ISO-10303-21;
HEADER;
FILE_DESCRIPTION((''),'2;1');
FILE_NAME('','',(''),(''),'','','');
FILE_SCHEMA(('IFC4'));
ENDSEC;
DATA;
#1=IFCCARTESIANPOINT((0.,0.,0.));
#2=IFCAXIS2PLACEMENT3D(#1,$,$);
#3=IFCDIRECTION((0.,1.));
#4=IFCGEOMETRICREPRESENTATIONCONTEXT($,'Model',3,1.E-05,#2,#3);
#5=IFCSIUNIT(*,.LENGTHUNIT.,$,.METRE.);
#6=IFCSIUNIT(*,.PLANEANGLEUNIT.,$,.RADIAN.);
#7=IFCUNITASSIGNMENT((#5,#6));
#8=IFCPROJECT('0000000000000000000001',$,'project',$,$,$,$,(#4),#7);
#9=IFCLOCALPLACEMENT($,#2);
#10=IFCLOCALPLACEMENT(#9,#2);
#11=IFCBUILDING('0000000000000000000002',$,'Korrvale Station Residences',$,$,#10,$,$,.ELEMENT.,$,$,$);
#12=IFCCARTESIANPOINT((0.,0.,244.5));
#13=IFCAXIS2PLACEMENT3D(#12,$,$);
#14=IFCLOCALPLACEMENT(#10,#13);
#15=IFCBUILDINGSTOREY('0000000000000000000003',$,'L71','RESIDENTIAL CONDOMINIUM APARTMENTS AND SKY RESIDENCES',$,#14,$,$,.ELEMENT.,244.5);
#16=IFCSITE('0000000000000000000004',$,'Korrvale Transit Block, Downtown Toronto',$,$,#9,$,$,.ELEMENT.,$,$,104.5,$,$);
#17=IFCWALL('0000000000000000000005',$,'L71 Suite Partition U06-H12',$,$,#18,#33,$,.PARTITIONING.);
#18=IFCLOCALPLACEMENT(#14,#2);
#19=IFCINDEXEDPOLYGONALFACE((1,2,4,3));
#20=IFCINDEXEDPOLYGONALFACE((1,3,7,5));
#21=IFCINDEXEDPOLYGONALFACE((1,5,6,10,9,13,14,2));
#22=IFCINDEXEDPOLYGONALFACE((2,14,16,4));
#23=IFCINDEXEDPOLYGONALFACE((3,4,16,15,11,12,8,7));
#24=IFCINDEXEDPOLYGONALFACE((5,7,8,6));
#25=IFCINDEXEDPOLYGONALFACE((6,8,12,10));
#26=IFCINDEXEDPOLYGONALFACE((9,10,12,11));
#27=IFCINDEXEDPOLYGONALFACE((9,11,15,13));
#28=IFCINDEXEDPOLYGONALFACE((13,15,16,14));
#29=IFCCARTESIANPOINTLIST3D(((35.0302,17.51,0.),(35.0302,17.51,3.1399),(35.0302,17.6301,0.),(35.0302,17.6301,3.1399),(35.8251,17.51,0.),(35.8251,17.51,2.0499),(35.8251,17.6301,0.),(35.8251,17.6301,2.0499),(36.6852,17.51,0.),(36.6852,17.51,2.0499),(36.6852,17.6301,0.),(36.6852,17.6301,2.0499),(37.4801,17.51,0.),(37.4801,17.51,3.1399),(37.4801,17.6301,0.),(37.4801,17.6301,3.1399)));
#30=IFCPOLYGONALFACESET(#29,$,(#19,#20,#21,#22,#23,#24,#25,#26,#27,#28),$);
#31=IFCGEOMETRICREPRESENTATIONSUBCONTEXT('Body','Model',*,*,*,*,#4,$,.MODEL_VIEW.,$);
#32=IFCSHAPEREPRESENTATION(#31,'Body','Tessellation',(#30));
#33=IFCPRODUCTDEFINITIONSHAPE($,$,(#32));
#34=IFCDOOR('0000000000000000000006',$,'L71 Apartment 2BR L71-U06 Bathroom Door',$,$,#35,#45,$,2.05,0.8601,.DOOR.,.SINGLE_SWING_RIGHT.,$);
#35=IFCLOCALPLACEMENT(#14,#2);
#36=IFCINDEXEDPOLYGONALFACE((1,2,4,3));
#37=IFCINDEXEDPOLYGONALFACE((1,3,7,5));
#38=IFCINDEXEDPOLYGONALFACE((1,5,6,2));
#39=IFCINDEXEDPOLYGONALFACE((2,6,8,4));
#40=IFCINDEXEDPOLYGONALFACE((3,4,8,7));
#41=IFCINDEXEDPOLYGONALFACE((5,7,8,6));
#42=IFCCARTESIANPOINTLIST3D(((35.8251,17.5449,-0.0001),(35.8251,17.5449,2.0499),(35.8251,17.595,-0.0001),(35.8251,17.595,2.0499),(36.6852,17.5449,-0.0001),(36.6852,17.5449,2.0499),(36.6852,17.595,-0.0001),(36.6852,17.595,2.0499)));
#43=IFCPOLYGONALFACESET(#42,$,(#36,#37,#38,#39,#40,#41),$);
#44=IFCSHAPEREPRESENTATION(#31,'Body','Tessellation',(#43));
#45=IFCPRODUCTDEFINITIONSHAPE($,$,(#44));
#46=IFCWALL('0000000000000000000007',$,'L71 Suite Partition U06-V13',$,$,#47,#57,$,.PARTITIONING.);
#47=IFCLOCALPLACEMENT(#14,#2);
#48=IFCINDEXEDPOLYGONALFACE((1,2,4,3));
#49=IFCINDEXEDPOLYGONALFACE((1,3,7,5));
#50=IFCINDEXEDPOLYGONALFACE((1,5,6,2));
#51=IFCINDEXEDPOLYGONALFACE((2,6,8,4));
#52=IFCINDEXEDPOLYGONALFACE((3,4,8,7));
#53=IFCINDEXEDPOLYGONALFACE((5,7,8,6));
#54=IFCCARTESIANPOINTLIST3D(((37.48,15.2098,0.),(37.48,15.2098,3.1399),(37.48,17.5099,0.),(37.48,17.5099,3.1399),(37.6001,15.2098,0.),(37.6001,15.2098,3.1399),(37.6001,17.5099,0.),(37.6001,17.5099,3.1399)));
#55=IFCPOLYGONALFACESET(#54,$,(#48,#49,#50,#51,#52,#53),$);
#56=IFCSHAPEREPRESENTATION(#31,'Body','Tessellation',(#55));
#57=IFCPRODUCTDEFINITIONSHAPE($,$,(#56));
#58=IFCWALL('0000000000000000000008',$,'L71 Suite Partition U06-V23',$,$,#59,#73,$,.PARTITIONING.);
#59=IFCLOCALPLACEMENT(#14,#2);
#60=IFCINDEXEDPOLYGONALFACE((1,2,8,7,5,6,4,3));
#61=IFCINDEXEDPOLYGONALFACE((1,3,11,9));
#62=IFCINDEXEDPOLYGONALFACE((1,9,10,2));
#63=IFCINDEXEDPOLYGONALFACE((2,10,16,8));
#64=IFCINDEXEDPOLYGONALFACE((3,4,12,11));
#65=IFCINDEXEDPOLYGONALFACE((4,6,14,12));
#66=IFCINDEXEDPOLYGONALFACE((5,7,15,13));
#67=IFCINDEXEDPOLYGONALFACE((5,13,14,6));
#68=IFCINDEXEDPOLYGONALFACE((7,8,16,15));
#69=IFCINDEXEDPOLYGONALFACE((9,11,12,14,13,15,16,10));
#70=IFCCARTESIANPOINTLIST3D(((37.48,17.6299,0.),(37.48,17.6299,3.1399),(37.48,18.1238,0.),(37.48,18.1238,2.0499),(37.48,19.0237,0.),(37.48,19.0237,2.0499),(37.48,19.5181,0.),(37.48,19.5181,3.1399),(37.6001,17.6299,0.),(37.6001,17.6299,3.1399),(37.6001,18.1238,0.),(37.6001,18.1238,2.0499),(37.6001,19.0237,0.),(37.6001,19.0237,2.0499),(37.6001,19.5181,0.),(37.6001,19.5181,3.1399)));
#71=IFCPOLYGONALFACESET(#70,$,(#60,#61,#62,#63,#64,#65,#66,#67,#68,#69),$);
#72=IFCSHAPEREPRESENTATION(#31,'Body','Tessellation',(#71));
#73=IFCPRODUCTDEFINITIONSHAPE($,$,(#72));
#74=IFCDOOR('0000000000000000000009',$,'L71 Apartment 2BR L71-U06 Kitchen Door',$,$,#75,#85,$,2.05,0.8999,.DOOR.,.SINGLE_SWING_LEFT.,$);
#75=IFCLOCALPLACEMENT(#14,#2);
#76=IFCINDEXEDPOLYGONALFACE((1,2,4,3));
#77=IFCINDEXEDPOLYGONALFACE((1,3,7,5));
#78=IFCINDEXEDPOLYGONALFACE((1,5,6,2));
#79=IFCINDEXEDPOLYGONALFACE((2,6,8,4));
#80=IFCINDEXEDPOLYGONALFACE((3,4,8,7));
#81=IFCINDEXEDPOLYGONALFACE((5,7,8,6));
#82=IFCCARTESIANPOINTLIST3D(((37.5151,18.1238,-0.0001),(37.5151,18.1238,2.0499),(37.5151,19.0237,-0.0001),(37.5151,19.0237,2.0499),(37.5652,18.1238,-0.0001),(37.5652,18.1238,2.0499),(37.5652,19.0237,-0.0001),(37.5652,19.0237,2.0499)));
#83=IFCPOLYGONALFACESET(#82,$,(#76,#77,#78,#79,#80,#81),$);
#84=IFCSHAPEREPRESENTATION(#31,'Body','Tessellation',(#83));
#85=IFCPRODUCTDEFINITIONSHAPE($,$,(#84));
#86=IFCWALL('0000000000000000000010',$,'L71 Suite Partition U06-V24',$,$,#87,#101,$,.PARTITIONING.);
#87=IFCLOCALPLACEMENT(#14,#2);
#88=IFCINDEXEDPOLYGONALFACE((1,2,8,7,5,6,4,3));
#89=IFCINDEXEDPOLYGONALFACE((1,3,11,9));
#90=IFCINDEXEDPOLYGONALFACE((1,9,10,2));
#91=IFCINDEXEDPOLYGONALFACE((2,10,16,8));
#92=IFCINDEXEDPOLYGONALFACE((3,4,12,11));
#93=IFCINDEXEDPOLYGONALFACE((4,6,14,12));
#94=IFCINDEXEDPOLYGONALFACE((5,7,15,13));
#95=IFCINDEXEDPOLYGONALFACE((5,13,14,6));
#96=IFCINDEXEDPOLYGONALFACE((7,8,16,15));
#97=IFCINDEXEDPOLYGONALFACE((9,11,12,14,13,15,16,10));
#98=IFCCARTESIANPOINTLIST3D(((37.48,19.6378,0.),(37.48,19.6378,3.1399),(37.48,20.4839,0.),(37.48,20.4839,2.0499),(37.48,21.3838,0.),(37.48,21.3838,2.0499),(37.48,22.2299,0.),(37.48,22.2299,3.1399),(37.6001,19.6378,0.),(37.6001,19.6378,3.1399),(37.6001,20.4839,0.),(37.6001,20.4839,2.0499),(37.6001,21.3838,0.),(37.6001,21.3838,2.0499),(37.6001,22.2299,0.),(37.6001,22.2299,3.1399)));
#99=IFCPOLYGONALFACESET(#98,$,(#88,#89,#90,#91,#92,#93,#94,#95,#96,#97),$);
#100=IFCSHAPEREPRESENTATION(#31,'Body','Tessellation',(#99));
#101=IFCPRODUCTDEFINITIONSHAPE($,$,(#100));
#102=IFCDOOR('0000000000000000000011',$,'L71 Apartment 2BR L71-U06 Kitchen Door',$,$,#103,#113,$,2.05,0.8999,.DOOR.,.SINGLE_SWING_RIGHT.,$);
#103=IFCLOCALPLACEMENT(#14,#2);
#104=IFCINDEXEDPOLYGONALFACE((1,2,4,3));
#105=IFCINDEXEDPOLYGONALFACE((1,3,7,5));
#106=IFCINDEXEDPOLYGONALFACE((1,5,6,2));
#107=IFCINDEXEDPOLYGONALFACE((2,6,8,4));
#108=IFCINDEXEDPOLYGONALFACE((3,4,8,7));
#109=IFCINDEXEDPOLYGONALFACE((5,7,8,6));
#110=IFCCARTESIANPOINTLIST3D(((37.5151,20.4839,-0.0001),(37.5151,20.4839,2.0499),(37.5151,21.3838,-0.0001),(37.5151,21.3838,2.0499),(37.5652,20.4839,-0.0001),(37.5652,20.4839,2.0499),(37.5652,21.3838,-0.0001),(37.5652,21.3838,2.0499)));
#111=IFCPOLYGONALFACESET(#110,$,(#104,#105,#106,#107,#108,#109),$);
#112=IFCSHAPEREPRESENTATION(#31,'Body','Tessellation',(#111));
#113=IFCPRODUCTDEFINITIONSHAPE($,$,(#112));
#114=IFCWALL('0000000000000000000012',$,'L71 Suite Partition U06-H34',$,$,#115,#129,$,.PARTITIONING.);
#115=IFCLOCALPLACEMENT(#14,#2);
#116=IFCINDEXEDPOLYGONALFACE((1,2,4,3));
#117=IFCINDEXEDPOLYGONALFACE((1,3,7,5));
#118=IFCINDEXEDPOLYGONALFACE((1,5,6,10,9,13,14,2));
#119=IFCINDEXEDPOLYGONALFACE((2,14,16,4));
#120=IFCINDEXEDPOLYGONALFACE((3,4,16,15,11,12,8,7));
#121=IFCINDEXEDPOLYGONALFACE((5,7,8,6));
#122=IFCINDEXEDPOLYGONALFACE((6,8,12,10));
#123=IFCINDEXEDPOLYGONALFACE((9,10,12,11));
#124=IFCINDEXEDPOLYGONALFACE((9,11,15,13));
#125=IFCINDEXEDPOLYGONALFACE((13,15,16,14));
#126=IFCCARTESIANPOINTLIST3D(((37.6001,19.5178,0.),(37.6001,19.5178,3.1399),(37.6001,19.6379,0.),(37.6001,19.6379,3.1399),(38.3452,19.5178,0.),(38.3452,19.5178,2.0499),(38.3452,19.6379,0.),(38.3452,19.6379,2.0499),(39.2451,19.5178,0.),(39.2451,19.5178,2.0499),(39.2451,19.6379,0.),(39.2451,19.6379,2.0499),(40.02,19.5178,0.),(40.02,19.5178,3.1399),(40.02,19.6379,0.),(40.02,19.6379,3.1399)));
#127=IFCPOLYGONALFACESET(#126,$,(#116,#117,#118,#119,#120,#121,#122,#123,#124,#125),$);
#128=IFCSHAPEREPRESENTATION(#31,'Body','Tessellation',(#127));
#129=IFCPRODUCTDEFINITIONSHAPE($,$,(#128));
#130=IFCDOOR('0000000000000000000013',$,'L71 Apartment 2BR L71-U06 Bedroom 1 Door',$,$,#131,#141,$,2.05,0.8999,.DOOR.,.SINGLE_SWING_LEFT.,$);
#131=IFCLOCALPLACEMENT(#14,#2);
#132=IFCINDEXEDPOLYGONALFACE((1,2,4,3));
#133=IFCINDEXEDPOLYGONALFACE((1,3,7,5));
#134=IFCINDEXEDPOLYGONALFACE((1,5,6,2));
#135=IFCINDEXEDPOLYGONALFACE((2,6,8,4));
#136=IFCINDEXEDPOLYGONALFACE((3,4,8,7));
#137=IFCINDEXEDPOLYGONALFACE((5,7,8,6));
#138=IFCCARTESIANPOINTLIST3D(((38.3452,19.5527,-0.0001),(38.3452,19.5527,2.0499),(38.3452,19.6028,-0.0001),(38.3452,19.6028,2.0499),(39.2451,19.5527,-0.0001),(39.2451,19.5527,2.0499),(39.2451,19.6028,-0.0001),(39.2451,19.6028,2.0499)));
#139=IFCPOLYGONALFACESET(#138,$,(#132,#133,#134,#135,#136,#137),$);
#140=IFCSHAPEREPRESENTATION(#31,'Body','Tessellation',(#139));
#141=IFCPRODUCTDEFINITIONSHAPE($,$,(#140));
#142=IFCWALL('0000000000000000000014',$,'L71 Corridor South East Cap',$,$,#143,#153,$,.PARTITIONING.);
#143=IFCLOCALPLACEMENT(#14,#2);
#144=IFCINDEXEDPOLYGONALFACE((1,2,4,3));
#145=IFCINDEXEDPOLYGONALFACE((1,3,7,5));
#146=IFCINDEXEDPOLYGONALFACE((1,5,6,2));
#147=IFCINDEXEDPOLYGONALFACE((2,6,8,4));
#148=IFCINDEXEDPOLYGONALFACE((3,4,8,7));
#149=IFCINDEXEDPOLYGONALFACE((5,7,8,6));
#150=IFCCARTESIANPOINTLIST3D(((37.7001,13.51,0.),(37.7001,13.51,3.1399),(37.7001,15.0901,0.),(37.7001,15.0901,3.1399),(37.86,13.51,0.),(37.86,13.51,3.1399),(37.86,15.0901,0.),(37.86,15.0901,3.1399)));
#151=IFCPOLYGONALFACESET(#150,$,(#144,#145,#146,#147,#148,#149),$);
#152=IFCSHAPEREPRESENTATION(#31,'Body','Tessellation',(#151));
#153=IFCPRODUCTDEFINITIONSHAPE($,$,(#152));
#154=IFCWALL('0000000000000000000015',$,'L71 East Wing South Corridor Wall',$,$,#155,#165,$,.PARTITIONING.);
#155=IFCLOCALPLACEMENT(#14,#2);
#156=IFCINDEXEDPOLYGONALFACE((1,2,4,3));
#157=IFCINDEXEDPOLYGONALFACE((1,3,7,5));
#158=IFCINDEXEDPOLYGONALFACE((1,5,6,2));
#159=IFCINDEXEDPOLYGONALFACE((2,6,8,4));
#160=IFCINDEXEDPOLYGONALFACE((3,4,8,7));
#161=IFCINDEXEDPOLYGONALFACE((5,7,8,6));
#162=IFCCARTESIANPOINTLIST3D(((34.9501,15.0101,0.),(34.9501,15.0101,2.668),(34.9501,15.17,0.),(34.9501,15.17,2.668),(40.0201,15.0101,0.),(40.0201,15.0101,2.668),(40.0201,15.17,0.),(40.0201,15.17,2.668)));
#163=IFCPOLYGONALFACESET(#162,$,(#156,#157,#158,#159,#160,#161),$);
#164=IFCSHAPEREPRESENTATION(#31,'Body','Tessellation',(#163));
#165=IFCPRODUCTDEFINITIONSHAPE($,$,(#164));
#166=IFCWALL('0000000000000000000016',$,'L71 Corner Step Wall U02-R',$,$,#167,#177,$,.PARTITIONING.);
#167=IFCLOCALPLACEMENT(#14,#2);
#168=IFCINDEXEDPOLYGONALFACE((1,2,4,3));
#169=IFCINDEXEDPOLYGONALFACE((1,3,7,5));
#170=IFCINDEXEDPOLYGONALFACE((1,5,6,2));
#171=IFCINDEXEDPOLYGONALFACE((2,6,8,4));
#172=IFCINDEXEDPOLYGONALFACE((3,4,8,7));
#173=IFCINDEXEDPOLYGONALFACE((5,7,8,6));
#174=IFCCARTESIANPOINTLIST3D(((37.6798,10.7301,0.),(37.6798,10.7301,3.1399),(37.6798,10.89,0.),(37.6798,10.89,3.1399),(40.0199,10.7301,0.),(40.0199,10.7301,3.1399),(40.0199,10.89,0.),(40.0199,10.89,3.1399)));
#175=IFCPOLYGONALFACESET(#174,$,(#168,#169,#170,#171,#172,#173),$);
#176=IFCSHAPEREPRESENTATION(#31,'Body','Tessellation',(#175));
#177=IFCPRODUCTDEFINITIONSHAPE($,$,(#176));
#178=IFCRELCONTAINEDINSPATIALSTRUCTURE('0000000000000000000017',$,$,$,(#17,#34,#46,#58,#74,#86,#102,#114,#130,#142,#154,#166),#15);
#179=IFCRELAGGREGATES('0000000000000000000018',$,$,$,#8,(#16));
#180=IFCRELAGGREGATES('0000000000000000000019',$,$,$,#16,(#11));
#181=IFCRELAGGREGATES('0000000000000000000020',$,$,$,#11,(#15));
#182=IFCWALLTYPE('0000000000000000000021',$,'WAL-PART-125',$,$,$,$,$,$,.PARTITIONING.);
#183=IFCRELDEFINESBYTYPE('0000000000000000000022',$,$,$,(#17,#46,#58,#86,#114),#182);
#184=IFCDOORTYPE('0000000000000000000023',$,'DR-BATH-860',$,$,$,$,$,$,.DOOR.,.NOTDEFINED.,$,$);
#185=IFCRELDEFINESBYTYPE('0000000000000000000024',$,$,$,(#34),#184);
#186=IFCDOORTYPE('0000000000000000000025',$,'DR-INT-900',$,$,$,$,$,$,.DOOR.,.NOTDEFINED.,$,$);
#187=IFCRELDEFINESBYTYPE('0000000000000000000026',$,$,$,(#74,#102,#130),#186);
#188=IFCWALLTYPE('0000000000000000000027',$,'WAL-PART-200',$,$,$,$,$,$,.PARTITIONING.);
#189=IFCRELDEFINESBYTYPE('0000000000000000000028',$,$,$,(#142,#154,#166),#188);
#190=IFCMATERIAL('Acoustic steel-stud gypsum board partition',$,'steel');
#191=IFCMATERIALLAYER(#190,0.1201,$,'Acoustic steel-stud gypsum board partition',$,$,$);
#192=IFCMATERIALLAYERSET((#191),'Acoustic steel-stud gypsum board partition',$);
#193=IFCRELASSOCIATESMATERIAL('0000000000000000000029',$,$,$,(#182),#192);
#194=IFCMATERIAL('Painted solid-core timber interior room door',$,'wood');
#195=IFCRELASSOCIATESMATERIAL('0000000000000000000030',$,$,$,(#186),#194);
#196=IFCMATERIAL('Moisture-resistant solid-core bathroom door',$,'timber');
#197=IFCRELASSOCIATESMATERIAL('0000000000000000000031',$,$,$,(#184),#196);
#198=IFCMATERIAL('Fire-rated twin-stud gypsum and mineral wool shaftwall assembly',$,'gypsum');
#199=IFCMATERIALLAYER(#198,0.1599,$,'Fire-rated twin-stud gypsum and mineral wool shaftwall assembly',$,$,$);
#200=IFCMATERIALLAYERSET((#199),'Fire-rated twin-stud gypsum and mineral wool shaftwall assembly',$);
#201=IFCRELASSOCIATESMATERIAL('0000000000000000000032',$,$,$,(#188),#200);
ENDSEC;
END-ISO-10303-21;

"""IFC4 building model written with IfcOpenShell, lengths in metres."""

from ifc_helpers import new_model, si_unit, direction, frame, frame_2d, origin, place, context, subcontext, project, spatial, rectangle, extrude, material, layer, layer_set, type_object, element, fill, save


model = new_model("IFC4")

# Units and contexts
model_context = context("Model", 3, precision=1e-05, world=origin(), true_north=direction((0.0, 1.0)))
body_context = subcontext(model_context, "Body", "Model", "MODEL_VIEW")
ifc_project = project(units=[si_unit("LENGTHUNIT", "METRE"), si_unit("PLANEANGLEUNIT", "RADIAN")], contexts=[model_context])

# Site, building, storey
site_placement = place(None, origin())
site = spatial("IfcSite", under=ifc_project, at=site_placement, Name="Korrvale Transit Block, Downtown Toronto", CompositionType="ELEMENT", RefElevation=104.5)
building_placement = place(site_placement, origin())
building = spatial("IfcBuilding", under=site, at=building_placement, Name="Korrvale Station Residences", CompositionType="ELEMENT")
storey_placement = place(building_placement, frame((0.0, 0.0, 244.5)))
storey = spatial("IfcBuildingStorey", under=building, at=storey_placement, Name="L71", Description="RESIDENTIAL CONDOMINIUM APARTMENTS AND SKY RESIDENCES", CompositionType="ELEMENT", Elevation=244.5)

# Wall, opening, door
ifc_material_1 = material(Name="Acoustic steel-stud gypsum board partition", Category="steel")
ifc_layer_1 = layer(ifc_material_1, 0.1201, Name="Acoustic steel-stud gypsum board partition")
ifc_layer_set_1 = layer_set([ifc_layer_1], Name="Acoustic steel-stud gypsum board partition")
wall_type_1 = type_object("IfcWallType", Name="WAL-PART-125", PredefinedType="PARTITIONING", material=ifc_layer_set_1)
ifc_material_2 = material(Name="Painted solid-core timber interior room door", Category="wood")
door_type_1 = type_object("IfcDoorType", Name="DR-INT-900", OperationType="NOTDEFINED", PredefinedType="DOOR", material=ifc_material_2)
wall_1_placement = place(storey_placement, frame((35.03, 17.5701, 0.0), z_axis=(0.0, 0.0, 1.0), x_axis=(1.0, 0.0, 0.0)))
wall_1 = element("IfcWall", 1, at=wall_1_placement, inside=storey, type_object=wall_type_1, Name="L71 Suite Partition U06-H12", PredefinedType="PARTITIONING", context=body_context, shape_type="SweptSolid", body=[
    extrude(rectangle(XDim=2.45, YDim=0.1201, at=frame_2d((1.2251, 0.0))), origin(), (0.0, 0.0, 1.0), 3.1399),
])
opening_1_placement = place(wall_1_placement, frame((0.7949, 0.0, 0.0)))
opening_1 = element("IfcOpeningElement", 2, at=opening_1_placement, cuts=wall_1, PredefinedType="OPENING", context=body_context, shape_type="SweptSolid", body=[
    extrude(rectangle(XDim=0.8601, YDim=2.05, at=frame_2d((0.4302, 1.0249))), frame((0.0, 0.0701, 0.0), z_axis=(0.0, -1.0, 0.0), x_axis=(1.0, 0.0, 0.0)), (0.0, 0.0, 1.0), 0.1401),
])
ifc_material_3 = material(Name="Moisture-resistant solid-core bathroom door", Category="timber")
door_type_2 = type_object("IfcDoorType", Name="DR-BATH-860", OperationType="NOTDEFINED", PredefinedType="DOOR", material=ifc_material_3)
door_1_placement = place(opening_1_placement, origin())
door_1 = element("IfcDoor", 3, at=door_1_placement, inside=storey, type_object=door_type_2, Name="L71 Apartment 2BR L71-U06 Bathroom Door", OperationType="SINGLE_SWING_RIGHT", OverallHeight=2.05, OverallWidth=0.8601, PredefinedType="DOOR", context=body_context, shape_type="SweptSolid", body=[
    extrude(rectangle(XDim=0.8601, YDim=2.05, at=frame_2d((0.4302, 1.0249))), frame((0.0, 0.0249, 0.0), z_axis=(0.0, -1.0, 0.0), x_axis=(1.0, 0.0, 0.0)), (0.0, 0.0, 1.0), 0.05),
])
fill(opening_1, door_1)

# Wall
wall_2_placement = place(storey_placement, frame((37.54, 15.21, 0.0), z_axis=(0.0, 0.0, 1.0), x_axis=(0.0, 1.0, 0.0)))
element("IfcWall", 4, at=wall_2_placement, inside=storey, type_object=wall_type_1, Name="L71 Suite Partition U06-V13", PredefinedType="PARTITIONING", context=body_context, shape_type="SweptSolid", body=[
    extrude(rectangle(XDim=2.3, YDim=0.1201, at=frame_2d((1.1499, 0.0))), origin(), (0.0, 0.0, 1.0), 3.1399),
])

# Walls, openings, doors
wall_3_placement = place(storey_placement, frame((37.54, 17.6299, 0.0), z_axis=(0.0, 0.0, 1.0), x_axis=(0.0, 1.0, 0.0)))
wall_3 = element("IfcWall", 5, at=wall_3_placement, inside=storey, type_object=wall_type_1, Name="L71 Suite Partition U06-V23", PredefinedType="PARTITIONING", context=body_context, shape_type="SweptSolid", body=[
    extrude(rectangle(XDim=1.8882, YDim=0.1201, at=frame_2d((0.9441, 0.0))), origin(), (0.0, 0.0, 1.0), 3.1399),
])
opening_2_placement = place(wall_3_placement, frame((0.4939, 0.0, 0.0)))
opening_2 = element("IfcOpeningElement", 6, at=opening_2_placement, cuts=wall_3, PredefinedType="OPENING", context=body_context, shape_type="SweptSolid", body=[
    extrude(rectangle(XDim=0.8999, YDim=2.05, at=frame_2d((0.45, 1.0249))), frame((0.0, 0.0701, 0.0), z_axis=(0.0, -1.0, 0.0), x_axis=(1.0, 0.0, 0.0)), (0.0, 0.0, 1.0), 0.1401),
])
door_2_placement = place(opening_2_placement, origin())
door_2 = element("IfcDoor", 7, at=door_2_placement, inside=storey, type_object=door_type_1, Name="L71 Apartment 2BR L71-U06 Kitchen Door", OperationType="SINGLE_SWING_LEFT", OverallHeight=2.05, OverallWidth=0.8999, PredefinedType="DOOR", context=body_context, shape_type="SweptSolid", body=[
    extrude(rectangle(XDim=0.8999, YDim=2.05, at=frame_2d((0.45, 1.0249))), frame((0.0, 0.0249, 0.0), z_axis=(0.0, -1.0, 0.0), x_axis=(1.0, 0.0, 0.0)), (0.0, 0.0, 1.0), 0.05),
])
fill(opening_2, door_2)
wall_4_placement = place(storey_placement, frame((37.54, 19.6379, 0.0), z_axis=(0.0, 0.0, 1.0), x_axis=(0.0, 1.0, 0.0)))
wall_4 = element("IfcWall", 8, at=wall_4_placement, inside=storey, type_object=wall_type_1, Name="L71 Suite Partition U06-V24", PredefinedType="PARTITIONING", context=body_context, shape_type="SweptSolid", body=[
    extrude(rectangle(XDim=2.592, YDim=0.1201, at=frame_2d((1.2959, 0.0))), origin(), (0.0, 0.0, 1.0), 3.1399),
])
opening_3_placement = place(wall_4_placement, frame((0.8459, 0.0, 0.0)))
opening_3 = element("IfcOpeningElement", 9, at=opening_3_placement, cuts=wall_4, PredefinedType="OPENING", context=body_context, shape_type="SweptSolid", body=[
    extrude(rectangle(XDim=0.8999, YDim=2.05, at=frame_2d((0.45, 1.0249))), frame((0.0, 0.0701, 0.0), z_axis=(0.0, -1.0, 0.0), x_axis=(1.0, 0.0, 0.0)), (0.0, 0.0, 1.0), 0.1401),
])
door_3_placement = place(opening_3_placement, origin())
door_3 = element("IfcDoor", 10, at=door_3_placement, inside=storey, type_object=door_type_1, Name="L71 Apartment 2BR L71-U06 Kitchen Door", OperationType="SINGLE_SWING_RIGHT", OverallHeight=2.05, OverallWidth=0.8999, PredefinedType="DOOR", context=body_context, shape_type="SweptSolid", body=[
    extrude(rectangle(XDim=0.8999, YDim=2.05, at=frame_2d((0.45, 1.0249))), frame((0.0, 0.0249, 0.0), z_axis=(0.0, -1.0, 0.0), x_axis=(1.0, 0.0, 0.0)), (0.0, 0.0, 1.0), 0.05),
])
fill(opening_3, door_3)
wall_5_placement = place(storey_placement, frame((37.6001, 19.5779, 0.0), z_axis=(0.0, 0.0, 1.0), x_axis=(1.0, 0.0, 0.0)))
wall_5 = element("IfcWall", 11, at=wall_5_placement, inside=storey, type_object=wall_type_1, Name="L71 Suite Partition U06-H34", PredefinedType="PARTITIONING", context=body_context, shape_type="SweptSolid", body=[
    extrude(rectangle(XDim=2.4199, YDim=0.1201, at=frame_2d((1.21, 0.0))), origin(), (0.0, 0.0, 1.0), 3.1399),
])
opening_4_placement = place(wall_5_placement, frame((0.7451, 0.0, 0.0)))
opening_4 = element("IfcOpeningElement", 12, at=opening_4_placement, cuts=wall_5, PredefinedType="OPENING", context=body_context, shape_type="SweptSolid", body=[
    extrude(rectangle(XDim=0.8999, YDim=2.05, at=frame_2d((0.45, 1.0249))), frame((0.0, 0.0701, 0.0), z_axis=(0.0, -1.0, 0.0), x_axis=(1.0, 0.0, 0.0)), (0.0, 0.0, 1.0), 0.1401),
])
door_4_placement = place(opening_4_placement, origin())
door_4 = element("IfcDoor", 13, at=door_4_placement, inside=storey, type_object=door_type_1, Name="L71 Apartment 2BR L71-U06 Bedroom 1 Door", OperationType="SINGLE_SWING_LEFT", OverallHeight=2.05, OverallWidth=0.8999, PredefinedType="DOOR", context=body_context, shape_type="SweptSolid", body=[
    extrude(rectangle(XDim=0.8999, YDim=2.05, at=frame_2d((0.45, 1.0249))), frame((0.0, 0.0249, 0.0), z_axis=(0.0, -1.0, 0.0), x_axis=(1.0, 0.0, 0.0)), (0.0, 0.0, 1.0), 0.05),
])
fill(opening_4, door_4)

# Walls
ifc_material_4 = material(Name="Fire-rated twin-stud gypsum and mineral wool shaftwall assembly", Category="gypsum")
ifc_layer_2 = layer(ifc_material_4, 0.1599, Name="Fire-rated twin-stud gypsum and mineral wool shaftwall assembly")
ifc_layer_set_2 = layer_set([ifc_layer_2], Name="Fire-rated twin-stud gypsum and mineral wool shaftwall assembly")
wall_type_2 = type_object("IfcWallType", Name="WAL-PART-200", PredefinedType="PARTITIONING", material=ifc_layer_set_2)
wall_6_placement = place(storey_placement, frame((37.78, 13.51, 0.0), z_axis=(0.0, 0.0, 1.0), x_axis=(0.0, 1.0, 0.0)))
element("IfcWall", 14, at=wall_6_placement, inside=storey, type_object=wall_type_2, Name="L71 Corridor South East Cap", PredefinedType="PARTITIONING", context=body_context, shape_type="SweptSolid", body=[
    extrude(rectangle(XDim=1.5801, YDim=0.1599, at=frame_2d((0.79, 0.0))), origin(), (0.0, 0.0, 1.0), 3.1399),
])
wall_7_placement = place(storey_placement, frame((34.95, 15.0901, 0.0), z_axis=(0.0, 0.0, 1.0), x_axis=(1.0, 0.0, 0.0)))
element("IfcWall", 15, at=wall_7_placement, inside=storey, type_object=wall_type_2, Name="L71 East Wing South Corridor Wall", PredefinedType="PARTITIONING", context=body_context, shape_type="SweptSolid", body=[
    extrude(rectangle(XDim=5.0701, YDim=0.1599, at=frame_2d((2.5352, 0.0))), origin(), (0.0, 0.0, 1.0), 2.668),
])
wall_8_placement = place(storey_placement, frame((37.6799, 10.8101, 0.0), z_axis=(0.0, 0.0, 1.0), x_axis=(1.0, 0.0, 0.0)))
element("IfcWall", 16, at=wall_8_placement, inside=storey, type_object=wall_type_2, Name="L71 Corner Step Wall U02-R", PredefinedType="PARTITIONING", context=body_context, shape_type="SweptSolid", body=[
    extrude(rectangle(XDim=2.3401, YDim=0.1599, at=frame_2d((1.1699, 0.0))), origin(), (0.0, 0.0, 1.0), 3.1399),
])

save(model, "model.ifc")
